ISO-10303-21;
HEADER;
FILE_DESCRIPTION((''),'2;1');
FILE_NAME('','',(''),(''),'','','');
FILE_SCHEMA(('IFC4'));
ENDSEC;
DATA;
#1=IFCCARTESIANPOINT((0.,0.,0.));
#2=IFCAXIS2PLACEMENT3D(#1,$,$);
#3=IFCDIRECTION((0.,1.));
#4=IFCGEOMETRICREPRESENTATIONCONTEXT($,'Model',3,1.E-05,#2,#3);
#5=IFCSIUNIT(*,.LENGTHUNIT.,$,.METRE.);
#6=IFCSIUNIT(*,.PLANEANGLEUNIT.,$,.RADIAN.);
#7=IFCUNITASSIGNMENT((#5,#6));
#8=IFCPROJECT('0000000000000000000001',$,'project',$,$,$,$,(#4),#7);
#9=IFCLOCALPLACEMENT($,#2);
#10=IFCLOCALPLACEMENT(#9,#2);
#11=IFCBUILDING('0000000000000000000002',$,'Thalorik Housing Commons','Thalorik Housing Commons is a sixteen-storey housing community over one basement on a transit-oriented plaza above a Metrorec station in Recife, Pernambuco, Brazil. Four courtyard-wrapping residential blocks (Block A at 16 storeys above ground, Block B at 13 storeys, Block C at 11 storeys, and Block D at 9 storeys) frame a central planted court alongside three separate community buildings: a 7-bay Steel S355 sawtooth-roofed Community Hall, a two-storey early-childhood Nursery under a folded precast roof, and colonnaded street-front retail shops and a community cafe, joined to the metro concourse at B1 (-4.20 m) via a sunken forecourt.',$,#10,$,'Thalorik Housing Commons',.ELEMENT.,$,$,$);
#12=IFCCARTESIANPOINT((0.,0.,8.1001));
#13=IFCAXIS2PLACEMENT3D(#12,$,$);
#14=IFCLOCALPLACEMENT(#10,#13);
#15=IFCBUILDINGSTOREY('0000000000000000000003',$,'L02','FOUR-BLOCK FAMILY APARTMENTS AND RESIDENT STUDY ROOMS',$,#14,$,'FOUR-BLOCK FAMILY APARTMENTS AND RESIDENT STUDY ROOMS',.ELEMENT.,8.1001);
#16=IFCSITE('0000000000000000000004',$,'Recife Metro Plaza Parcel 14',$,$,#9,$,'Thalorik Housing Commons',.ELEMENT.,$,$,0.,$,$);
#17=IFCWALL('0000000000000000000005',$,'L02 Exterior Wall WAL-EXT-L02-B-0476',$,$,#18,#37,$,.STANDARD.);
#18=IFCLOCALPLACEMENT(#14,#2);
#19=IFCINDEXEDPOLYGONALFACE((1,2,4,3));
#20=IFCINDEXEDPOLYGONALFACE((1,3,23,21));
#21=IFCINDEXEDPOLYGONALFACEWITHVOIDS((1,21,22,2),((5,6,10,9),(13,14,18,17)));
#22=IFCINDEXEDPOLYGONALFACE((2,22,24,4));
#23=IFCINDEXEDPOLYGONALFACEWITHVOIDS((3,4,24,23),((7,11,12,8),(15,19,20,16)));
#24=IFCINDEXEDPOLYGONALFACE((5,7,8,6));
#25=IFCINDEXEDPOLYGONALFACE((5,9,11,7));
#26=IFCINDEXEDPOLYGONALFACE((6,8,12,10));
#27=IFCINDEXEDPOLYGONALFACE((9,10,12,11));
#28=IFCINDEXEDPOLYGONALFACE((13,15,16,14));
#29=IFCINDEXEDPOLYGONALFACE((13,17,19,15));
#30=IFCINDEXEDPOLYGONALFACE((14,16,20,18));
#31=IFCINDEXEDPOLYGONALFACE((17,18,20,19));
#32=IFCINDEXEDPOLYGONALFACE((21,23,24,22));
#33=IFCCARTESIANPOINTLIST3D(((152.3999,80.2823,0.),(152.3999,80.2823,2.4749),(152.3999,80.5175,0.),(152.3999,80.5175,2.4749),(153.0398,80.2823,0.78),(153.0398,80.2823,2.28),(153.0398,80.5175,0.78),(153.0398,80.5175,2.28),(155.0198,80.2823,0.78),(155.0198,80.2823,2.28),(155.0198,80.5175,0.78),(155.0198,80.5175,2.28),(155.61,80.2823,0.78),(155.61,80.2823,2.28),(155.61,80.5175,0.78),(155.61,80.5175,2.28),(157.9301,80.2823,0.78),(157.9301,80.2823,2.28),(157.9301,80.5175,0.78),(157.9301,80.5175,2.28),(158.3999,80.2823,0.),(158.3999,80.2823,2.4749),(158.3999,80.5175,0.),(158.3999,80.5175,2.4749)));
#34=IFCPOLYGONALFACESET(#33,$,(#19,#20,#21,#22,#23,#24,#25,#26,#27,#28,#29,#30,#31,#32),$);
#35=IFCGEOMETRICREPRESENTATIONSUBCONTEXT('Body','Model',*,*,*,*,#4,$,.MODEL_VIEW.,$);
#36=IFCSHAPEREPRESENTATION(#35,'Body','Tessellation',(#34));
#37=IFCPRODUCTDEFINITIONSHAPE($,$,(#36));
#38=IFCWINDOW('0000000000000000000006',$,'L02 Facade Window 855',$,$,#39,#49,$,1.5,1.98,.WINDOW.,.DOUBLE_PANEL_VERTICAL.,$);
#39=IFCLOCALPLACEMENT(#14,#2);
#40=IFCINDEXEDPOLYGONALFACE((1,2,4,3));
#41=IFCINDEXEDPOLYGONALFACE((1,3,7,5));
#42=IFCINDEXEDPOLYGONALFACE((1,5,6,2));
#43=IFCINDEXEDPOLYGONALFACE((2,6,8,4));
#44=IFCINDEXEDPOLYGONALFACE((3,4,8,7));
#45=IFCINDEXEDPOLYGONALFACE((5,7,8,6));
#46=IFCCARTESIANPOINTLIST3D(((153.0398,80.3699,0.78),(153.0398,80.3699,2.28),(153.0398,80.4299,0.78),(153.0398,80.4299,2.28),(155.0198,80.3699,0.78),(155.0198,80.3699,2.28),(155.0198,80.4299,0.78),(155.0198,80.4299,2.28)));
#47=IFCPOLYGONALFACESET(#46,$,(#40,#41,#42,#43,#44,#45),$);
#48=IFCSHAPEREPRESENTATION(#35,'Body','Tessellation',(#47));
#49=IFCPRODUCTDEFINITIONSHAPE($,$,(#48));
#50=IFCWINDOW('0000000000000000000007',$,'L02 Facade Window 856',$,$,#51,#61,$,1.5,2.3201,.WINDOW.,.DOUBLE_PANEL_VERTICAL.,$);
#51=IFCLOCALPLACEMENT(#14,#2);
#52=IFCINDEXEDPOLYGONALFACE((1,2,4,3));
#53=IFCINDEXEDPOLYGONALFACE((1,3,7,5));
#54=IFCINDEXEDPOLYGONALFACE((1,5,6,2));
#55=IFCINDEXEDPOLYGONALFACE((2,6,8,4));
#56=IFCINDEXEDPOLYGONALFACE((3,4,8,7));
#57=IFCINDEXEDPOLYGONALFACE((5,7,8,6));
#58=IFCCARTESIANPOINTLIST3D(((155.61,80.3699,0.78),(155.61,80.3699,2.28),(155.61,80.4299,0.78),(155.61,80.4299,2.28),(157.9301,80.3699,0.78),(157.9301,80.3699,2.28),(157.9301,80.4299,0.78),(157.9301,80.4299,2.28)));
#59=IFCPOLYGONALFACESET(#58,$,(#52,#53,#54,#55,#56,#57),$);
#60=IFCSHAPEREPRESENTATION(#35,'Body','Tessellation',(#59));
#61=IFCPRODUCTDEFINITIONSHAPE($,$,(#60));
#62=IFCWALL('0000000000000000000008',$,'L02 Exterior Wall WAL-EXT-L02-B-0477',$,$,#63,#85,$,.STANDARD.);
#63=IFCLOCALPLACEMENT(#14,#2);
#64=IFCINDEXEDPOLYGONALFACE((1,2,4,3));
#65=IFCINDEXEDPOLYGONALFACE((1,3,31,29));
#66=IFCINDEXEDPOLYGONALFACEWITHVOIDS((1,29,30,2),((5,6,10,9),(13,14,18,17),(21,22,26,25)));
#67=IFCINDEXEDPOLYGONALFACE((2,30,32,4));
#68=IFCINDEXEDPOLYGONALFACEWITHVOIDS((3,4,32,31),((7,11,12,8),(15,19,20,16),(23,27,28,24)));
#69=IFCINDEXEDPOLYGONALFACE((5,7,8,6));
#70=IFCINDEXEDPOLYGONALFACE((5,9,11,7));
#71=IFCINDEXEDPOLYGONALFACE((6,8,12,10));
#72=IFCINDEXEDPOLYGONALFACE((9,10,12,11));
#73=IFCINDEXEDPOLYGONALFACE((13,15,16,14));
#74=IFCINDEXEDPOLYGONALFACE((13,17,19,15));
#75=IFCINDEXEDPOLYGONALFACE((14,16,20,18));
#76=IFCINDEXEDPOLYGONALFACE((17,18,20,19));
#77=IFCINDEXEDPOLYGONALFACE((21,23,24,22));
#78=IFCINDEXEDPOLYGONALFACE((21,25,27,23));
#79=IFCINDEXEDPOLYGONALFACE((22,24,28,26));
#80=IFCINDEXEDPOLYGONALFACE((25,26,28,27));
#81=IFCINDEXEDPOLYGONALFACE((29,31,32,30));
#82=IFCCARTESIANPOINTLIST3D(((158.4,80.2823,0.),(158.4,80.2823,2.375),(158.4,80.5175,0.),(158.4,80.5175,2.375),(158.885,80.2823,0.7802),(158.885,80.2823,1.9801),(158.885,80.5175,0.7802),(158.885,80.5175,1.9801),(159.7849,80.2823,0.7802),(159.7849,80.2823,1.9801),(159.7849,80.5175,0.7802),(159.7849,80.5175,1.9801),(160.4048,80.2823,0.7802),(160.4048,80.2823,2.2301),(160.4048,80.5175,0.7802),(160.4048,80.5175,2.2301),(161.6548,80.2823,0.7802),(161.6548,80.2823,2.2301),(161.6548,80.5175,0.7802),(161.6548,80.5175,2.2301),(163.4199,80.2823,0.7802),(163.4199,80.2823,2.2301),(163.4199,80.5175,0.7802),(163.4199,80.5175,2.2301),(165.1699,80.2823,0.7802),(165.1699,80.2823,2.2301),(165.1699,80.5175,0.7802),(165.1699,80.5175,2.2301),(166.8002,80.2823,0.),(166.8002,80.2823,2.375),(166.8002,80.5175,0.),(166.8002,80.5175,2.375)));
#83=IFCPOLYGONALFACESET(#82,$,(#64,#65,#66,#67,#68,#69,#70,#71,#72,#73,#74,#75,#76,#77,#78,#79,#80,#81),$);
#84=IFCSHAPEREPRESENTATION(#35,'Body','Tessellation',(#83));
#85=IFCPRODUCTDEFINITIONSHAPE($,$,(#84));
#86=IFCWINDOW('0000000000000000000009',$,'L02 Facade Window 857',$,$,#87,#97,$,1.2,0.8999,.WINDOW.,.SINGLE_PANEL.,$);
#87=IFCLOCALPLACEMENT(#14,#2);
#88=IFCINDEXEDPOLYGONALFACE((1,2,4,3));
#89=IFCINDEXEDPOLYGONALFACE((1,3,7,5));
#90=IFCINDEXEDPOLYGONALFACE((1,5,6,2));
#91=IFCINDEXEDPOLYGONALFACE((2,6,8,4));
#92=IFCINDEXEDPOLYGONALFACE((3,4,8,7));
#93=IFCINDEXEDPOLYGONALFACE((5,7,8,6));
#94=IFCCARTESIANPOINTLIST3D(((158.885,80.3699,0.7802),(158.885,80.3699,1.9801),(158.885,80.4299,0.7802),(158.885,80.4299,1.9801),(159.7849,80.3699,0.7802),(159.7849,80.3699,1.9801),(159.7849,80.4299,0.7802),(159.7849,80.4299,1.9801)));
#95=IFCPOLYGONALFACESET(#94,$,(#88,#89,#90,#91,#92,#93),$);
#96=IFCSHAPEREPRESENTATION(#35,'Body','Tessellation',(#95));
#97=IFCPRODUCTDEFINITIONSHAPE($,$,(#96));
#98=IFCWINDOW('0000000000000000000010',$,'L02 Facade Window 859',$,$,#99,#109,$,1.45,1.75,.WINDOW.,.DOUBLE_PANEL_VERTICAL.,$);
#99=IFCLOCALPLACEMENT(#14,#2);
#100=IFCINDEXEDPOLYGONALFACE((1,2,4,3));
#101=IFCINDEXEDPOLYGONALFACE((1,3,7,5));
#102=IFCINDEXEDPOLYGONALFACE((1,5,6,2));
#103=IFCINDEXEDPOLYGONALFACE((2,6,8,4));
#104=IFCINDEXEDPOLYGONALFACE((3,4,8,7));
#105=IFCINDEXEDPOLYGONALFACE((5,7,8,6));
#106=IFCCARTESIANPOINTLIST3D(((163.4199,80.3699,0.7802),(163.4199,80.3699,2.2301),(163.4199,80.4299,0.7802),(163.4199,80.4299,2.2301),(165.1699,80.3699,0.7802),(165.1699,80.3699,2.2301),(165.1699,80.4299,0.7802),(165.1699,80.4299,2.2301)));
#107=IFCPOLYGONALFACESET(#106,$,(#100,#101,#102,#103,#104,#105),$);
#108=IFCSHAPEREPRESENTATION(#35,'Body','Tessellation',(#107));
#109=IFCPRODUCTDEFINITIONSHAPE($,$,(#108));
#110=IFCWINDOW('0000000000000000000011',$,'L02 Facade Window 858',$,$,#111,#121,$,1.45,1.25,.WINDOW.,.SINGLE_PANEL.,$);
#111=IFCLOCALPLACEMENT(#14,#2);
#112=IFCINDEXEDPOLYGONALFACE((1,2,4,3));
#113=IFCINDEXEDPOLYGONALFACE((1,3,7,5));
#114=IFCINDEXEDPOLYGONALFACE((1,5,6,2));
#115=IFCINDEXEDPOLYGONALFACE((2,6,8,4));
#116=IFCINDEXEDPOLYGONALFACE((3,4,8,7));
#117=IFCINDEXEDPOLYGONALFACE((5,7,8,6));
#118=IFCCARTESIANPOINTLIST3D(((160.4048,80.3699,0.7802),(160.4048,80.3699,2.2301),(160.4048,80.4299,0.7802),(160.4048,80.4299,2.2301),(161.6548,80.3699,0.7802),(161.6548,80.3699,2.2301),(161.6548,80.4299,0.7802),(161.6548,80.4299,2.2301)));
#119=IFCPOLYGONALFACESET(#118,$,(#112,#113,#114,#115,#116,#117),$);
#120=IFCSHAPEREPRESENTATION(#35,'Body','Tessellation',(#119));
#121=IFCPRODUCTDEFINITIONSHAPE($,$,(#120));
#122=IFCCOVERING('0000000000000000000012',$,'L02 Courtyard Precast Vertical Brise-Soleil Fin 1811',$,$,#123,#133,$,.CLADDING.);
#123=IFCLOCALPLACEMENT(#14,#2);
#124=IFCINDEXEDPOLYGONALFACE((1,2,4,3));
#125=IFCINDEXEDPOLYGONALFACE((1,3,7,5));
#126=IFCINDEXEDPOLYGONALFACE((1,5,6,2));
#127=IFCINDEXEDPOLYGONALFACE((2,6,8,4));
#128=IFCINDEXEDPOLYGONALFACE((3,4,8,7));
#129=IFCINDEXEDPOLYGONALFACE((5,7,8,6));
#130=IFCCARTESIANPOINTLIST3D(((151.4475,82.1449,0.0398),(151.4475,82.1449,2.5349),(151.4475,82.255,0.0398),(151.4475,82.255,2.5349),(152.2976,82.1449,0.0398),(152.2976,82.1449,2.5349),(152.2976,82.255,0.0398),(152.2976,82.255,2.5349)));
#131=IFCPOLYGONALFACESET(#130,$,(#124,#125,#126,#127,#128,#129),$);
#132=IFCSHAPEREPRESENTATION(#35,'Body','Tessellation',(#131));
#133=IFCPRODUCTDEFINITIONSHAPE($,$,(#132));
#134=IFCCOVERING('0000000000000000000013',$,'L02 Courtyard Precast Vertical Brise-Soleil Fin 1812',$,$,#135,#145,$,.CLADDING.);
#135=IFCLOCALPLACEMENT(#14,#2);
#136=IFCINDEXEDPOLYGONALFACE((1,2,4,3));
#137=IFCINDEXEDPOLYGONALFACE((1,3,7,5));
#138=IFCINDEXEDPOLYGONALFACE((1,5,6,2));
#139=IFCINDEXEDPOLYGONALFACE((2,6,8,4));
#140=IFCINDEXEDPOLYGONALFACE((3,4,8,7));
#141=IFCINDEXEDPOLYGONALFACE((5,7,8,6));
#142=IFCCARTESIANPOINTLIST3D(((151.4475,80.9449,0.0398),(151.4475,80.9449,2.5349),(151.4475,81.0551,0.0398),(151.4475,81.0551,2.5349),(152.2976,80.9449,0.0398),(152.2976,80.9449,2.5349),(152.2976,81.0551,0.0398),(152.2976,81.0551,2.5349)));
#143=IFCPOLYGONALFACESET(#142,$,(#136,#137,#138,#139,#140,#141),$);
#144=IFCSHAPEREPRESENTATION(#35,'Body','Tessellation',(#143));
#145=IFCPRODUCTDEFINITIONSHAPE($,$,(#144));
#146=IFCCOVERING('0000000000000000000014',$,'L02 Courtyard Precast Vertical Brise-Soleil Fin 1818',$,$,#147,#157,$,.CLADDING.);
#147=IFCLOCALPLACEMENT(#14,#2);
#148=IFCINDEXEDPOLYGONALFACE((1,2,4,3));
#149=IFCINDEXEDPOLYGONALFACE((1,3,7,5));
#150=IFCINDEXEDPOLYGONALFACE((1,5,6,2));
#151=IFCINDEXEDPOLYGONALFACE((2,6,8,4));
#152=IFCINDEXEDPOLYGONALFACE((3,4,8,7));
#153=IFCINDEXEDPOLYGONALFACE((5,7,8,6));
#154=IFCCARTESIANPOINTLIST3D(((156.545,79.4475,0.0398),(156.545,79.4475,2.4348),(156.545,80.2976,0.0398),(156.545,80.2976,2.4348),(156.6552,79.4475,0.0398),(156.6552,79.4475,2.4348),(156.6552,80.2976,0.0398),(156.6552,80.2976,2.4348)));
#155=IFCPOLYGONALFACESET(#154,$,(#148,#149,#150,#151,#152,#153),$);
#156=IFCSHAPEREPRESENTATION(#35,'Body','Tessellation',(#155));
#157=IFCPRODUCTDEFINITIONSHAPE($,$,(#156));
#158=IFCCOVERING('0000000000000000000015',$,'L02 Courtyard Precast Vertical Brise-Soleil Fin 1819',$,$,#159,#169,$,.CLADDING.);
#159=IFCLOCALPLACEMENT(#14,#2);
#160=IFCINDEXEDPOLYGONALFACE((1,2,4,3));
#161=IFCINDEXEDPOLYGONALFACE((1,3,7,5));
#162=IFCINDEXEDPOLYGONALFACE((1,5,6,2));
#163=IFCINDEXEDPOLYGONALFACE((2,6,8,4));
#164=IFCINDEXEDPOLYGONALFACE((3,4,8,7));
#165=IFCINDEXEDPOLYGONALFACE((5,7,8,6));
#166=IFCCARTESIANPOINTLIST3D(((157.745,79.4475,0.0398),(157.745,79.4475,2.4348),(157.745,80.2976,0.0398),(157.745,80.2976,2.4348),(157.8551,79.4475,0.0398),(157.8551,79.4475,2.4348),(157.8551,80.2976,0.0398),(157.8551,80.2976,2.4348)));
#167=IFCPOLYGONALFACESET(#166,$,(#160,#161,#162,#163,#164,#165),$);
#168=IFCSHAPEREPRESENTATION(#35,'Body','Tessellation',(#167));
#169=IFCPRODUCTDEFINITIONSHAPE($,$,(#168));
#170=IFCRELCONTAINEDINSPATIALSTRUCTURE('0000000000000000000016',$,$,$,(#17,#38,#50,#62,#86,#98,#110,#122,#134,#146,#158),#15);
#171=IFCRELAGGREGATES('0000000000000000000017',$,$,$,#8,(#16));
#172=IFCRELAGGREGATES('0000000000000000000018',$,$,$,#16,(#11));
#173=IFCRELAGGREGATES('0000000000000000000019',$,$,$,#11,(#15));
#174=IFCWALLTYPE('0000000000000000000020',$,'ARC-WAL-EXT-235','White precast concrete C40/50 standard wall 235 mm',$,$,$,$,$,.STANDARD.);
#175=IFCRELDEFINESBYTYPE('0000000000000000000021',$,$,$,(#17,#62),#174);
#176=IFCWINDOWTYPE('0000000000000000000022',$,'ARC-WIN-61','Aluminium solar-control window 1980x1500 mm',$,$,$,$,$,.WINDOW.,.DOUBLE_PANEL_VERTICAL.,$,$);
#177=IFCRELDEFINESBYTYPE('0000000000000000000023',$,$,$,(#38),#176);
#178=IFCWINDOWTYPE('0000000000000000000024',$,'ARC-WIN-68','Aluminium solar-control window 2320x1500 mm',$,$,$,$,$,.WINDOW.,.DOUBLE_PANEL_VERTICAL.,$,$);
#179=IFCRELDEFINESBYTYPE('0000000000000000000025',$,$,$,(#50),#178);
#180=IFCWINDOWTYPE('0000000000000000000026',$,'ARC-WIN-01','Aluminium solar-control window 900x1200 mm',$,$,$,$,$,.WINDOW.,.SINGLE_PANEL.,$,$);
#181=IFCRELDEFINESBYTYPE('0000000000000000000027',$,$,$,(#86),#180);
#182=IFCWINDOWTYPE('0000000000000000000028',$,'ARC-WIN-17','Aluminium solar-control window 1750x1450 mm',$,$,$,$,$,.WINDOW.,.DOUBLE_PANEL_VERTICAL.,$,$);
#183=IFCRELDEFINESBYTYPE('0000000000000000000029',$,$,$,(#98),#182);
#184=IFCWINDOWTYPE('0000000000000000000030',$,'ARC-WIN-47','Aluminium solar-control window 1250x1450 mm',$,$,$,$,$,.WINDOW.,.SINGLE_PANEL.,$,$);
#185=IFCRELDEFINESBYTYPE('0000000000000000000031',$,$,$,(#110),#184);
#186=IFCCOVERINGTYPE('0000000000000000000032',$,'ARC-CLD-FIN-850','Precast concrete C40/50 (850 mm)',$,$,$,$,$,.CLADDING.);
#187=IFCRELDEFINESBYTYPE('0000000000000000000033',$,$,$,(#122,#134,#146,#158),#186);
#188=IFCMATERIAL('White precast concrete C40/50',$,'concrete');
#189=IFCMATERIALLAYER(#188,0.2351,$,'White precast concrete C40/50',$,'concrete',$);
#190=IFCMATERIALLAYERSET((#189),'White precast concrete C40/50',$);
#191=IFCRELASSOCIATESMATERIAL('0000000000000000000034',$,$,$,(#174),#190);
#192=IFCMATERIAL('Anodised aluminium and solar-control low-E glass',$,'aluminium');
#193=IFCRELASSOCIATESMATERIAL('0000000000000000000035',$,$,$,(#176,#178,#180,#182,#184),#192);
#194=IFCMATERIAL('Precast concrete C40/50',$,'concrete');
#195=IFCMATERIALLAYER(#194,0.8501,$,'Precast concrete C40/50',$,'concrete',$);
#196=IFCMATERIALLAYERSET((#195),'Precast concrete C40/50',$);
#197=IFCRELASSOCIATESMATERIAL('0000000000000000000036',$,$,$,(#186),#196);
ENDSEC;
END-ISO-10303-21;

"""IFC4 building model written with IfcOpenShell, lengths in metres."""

from ifc_helpers import new_model, si_unit, direction, frame, frame_2d, origin, origin_2d, place, context, subcontext, project, spatial, rectangle, extrude, material, layer, layer_set, type_object, element, fill, save


model = new_model("IFC4")

# Units and contexts
model_context = context("Model", 3, precision=1e-05, world=origin(), true_north=direction((0.0, 1.0)))
body_context = subcontext(model_context, "Body", "Model", "MODEL_VIEW")
ifc_project = project(units=[si_unit("LENGTHUNIT", "METRE"), si_unit("PLANEANGLEUNIT", "RADIAN")], contexts=[model_context])

# Site, building, storey
site_placement = place(None, origin())
site = spatial("IfcSite", under=ifc_project, at=site_placement, Name="Recife Metro Plaza Parcel 14", LongName="Thalorik Housing Commons", CompositionType="ELEMENT", RefElevation=0.0)
building_placement = place(site_placement, origin())
building = spatial("IfcBuilding", under=site, at=building_placement, Name="Thalorik Housing Commons", Description="Thalorik Housing Commons is a sixteen-storey housing community over one basement on a transit-oriented plaza above a Metrorec station in Recife, Pernambuco, Brazil. Four courtyard-wrapping residential blocks (Block A at 16 storeys above ground, Block B at 13 storeys, Block C at 11 storeys, and Block D at 9 storeys) frame a central planted court alongside three separate community buildings: a 7-bay Steel S355 sawtooth-roofed Community Hall, a two-storey early-childhood Nursery under a folded precast roof, and colonnaded street-front retail shops and a community cafe, joined to the metro concourse at B1 (-4.20 m) via a sunken forecourt.", LongName="Thalorik Housing Commons", CompositionType="ELEMENT")
storey_placement = place(building_placement, frame((0.0, 0.0, 8.1001)))
storey = spatial("IfcBuildingStorey", under=building, at=storey_placement, Name="L02", Description="FOUR-BLOCK FAMILY APARTMENTS AND RESIDENT STUDY ROOMS", LongName="FOUR-BLOCK FAMILY APARTMENTS AND RESIDENT STUDY ROOMS", CompositionType="ELEMENT", Elevation=8.1001)

# Shared definitions
ifc_material_1 = material(Name="Precast concrete C40/50", Category="concrete")

# Walls, openings, windows
ifc_material_2 = material(Name="White precast concrete C40/50", Category="concrete")
ifc_layer_1 = layer(ifc_material_2, 0.2351, Name="White precast concrete C40/50", Category="concrete")
ifc_layer_set_1 = layer_set([ifc_layer_1], Name="White precast concrete C40/50")
wall_type_1 = type_object("IfcWallType", Name="ARC-WAL-EXT-235", Description="White precast concrete C40/50 standard wall 235 mm", PredefinedType="STANDARD", material=ifc_layer_set_1)
wall_1_placement = place(storey_placement, frame((152.3999, 80.3999, 0.0), z_axis=(0.0, 0.0, 1.0), x_axis=(1.0, 0.0, 0.0)))
wall_1 = element("IfcWall", 1, at=wall_1_placement, inside=storey, type_object=wall_type_1, Name="L02 Exterior Wall WAL-EXT-L02-B-0476", PredefinedType="STANDARD", context=body_context, shape_type="SweptSolid", body=[
    extrude(rectangle(XDim=6.0, YDim=0.2351, at=frame_2d((3.0, 0.0))), origin(), (0.0, 0.0, 1.0), 2.4749),
])
opening_1_placement = place(wall_1_placement, frame((0.6399, 0.0, 0.78)))
opening_1 = element("IfcOpeningElement", 2, at=opening_1_placement, cuts=wall_1, PredefinedType="OPENING", context=body_context, shape_type="SweptSolid", body=[
    extrude(rectangle(XDim=1.98, YDim=1.5, at=frame_2d((0.99, 0.75))), frame((0.0, 0.1274, 0.0), z_axis=(0.0, -1.0, 0.0), x_axis=(1.0, 0.0, 0.0)), (0.0, 0.0, 1.0), 0.2551),
])
opening_2_placement = place(wall_1_placement, frame((3.21, 0.0, 0.78)))
opening_2 = element("IfcOpeningElement", 3, at=opening_2_placement, cuts=wall_1, PredefinedType="OPENING", context=body_context, shape_type="SweptSolid", body=[
    extrude(rectangle(XDim=2.3201, YDim=1.5, at=frame_2d((1.1602, 0.75))), frame((0.0, 0.1274, 0.0), z_axis=(0.0, -1.0, 0.0), x_axis=(1.0, 0.0, 0.0)), (0.0, 0.0, 1.0), 0.2551),
])
ifc_material_3 = material(Name="Anodised aluminium and solar-control low-E glass", Category="aluminium")
window_type_1 = type_object("IfcWindowType", Name="ARC-WIN-61", Description="Aluminium solar-control window 1980x1500 mm", PartitioningType="DOUBLE_PANEL_VERTICAL", PredefinedType="WINDOW", material=ifc_material_3)
window_1_placement = place(opening_1_placement, origin())
window_1 = element("IfcWindow", 4, at=window_1_placement, inside=storey, type_object=window_type_1, Name="L02 Facade Window 855", OverallHeight=1.5, OverallWidth=1.98, PartitioningType="DOUBLE_PANEL_VERTICAL", PredefinedType="WINDOW", context=body_context, shape_type="SweptSolid", body=[
    extrude(rectangle(XDim=1.98, YDim=1.5, at=frame_2d((0.99, 0.75))), frame((0.0, 0.03, 0.0), z_axis=(0.0, -1.0, 0.0), x_axis=(1.0, 0.0, 0.0)), (0.0, 0.0, 1.0), 0.0601),
])
fill(opening_1, window_1)
window_type_2 = type_object("IfcWindowType", Name="ARC-WIN-68", Description="Aluminium solar-control window 2320x1500 mm", PartitioningType="DOUBLE_PANEL_VERTICAL", PredefinedType="WINDOW", material=ifc_material_3)
window_2_placement = place(opening_2_placement, origin())
window_2 = element("IfcWindow", 5, at=window_2_placement, inside=storey, type_object=window_type_2, Name="L02 Facade Window 856", OverallHeight=1.5, OverallWidth=2.3201, PartitioningType="DOUBLE_PANEL_VERTICAL", PredefinedType="WINDOW", context=body_context, shape_type="SweptSolid", body=[
    extrude(rectangle(XDim=2.3201, YDim=1.5, at=frame_2d((1.1602, 0.75))), frame((0.0, 0.03, 0.0), z_axis=(0.0, -1.0, 0.0), x_axis=(1.0, 0.0, 0.0)), (0.0, 0.0, 1.0), 0.0601),
])
fill(opening_2, window_2)
wall_2_placement = place(storey_placement, frame((158.3999, 80.3999, 0.0), z_axis=(0.0, 0.0, 1.0), x_axis=(1.0, 0.0, 0.0)))
wall_2 = element("IfcWall", 6, at=wall_2_placement, inside=storey, type_object=wall_type_1, Name="L02 Exterior Wall WAL-EXT-L02-B-0477", PredefinedType="STANDARD", context=body_context, shape_type="SweptSolid", body=[
    extrude(rectangle(XDim=8.4001, YDim=0.2351, at=frame_2d((4.2002, 0.0))), origin(), (0.0, 0.0, 1.0), 2.375),
])
opening_3_placement = place(wall_2_placement, frame((0.4851, 0.0, 0.78)))
opening_3 = element("IfcOpeningElement", 7, at=opening_3_placement, cuts=wall_2, PredefinedType="OPENING", context=body_context, shape_type="SweptSolid", body=[
    extrude(rectangle(XDim=0.8999, YDim=1.2, at=frame_2d((0.45, 0.6001))), frame((0.0, 0.1274, 0.0), z_axis=(0.0, -1.0, 0.0), x_axis=(1.0, 0.0, 0.0)), (0.0, 0.0, 1.0), 0.2551),
])
opening_4_placement = place(wall_2_placement, frame((2.0049, 0.0, 0.78)))
opening_4 = element("IfcOpeningElement", 8, at=opening_4_placement, cuts=wall_2, PredefinedType="OPENING", context=body_context, shape_type="SweptSolid", body=[
    extrude(rectangle(XDim=1.25, YDim=1.45, at=frame_2d((0.625, 0.7251))), frame((0.0, 0.1274, 0.0), z_axis=(0.0, -1.0, 0.0), x_axis=(1.0, 0.0, 0.0)), (0.0, 0.0, 1.0), 0.2551),
])
opening_5_placement = place(wall_2_placement, frame((5.02, 0.0, 0.78)))
opening_5 = element("IfcOpeningElement", 9, at=opening_5_placement, cuts=wall_2, PredefinedType="OPENING", context=body_context, shape_type="SweptSolid", body=[
    extrude(rectangle(XDim=1.75, YDim=1.45, at=frame_2d((0.875, 0.7251))), frame((0.0, 0.1274, 0.0), z_axis=(0.0, -1.0, 0.0), x_axis=(1.0, 0.0, 0.0)), (0.0, 0.0, 1.0), 0.2551),
])
window_type_3 = type_object("IfcWindowType", Name="ARC-WIN-01", Description="Aluminium solar-control window 900x1200 mm", PartitioningType="SINGLE_PANEL", PredefinedType="WINDOW", material=ifc_material_3)
window_3_placement = place(opening_3_placement, origin())
window_3 = element("IfcWindow", 10, at=window_3_placement, inside=storey, type_object=window_type_3, Name="L02 Facade Window 857", OverallHeight=1.2, OverallWidth=0.8999, PartitioningType="SINGLE_PANEL", PredefinedType="WINDOW", context=body_context, shape_type="SweptSolid", body=[
    extrude(rectangle(XDim=0.8999, YDim=1.2, at=frame_2d((0.45, 0.6001))), frame((0.0, 0.03, 0.0), z_axis=(0.0, -1.0, 0.0), x_axis=(1.0, 0.0, 0.0)), (0.0, 0.0, 1.0), 0.0601),
])
fill(opening_3, window_3)
window_type_4 = type_object("IfcWindowType", Name="ARC-WIN-17", Description="Aluminium solar-control window 1750x1450 mm", PartitioningType="DOUBLE_PANEL_VERTICAL", PredefinedType="WINDOW", material=ifc_material_3)
window_4_placement = place(opening_5_placement, origin())
window_4 = element("IfcWindow", 11, at=window_4_placement, inside=storey, type_object=window_type_4, Name="L02 Facade Window 859", OverallHeight=1.45, OverallWidth=1.75, PartitioningType="DOUBLE_PANEL_VERTICAL", PredefinedType="WINDOW", context=body_context, shape_type="SweptSolid", body=[
    extrude(rectangle(XDim=1.75, YDim=1.45, at=frame_2d((0.875, 0.7251))), frame((0.0, 0.03, 0.0), z_axis=(0.0, -1.0, 0.0), x_axis=(1.0, 0.0, 0.0)), (0.0, 0.0, 1.0), 0.0601),
])
fill(opening_5, window_4)
window_type_5 = type_object("IfcWindowType", Name="ARC-WIN-47", Description="Aluminium solar-control window 1250x1450 mm", PartitioningType="SINGLE_PANEL", PredefinedType="WINDOW", material=ifc_material_3)
window_5_placement = place(opening_4_placement, origin())
window_5 = element("IfcWindow", 12, at=window_5_placement, inside=storey, type_object=window_type_5, Name="L02 Facade Window 858", OverallHeight=1.45, OverallWidth=1.25, PartitioningType="SINGLE_PANEL", PredefinedType="WINDOW", context=body_context, shape_type="SweptSolid", body=[
    extrude(rectangle(XDim=1.25, YDim=1.45, at=frame_2d((0.625, 0.7251))), frame((0.0, 0.03, 0.0), z_axis=(0.0, -1.0, 0.0), x_axis=(1.0, 0.0, 0.0)), (0.0, 0.0, 1.0), 0.0601),
])
fill(opening_4, window_5)

# Coverings
ifc_layer_2 = layer(ifc_material_1, 0.8501, Name="Precast concrete C40/50", Category="concrete")
ifc_layer_set_2 = layer_set([ifc_layer_2], Name="Precast concrete C40/50")
covering_type_1 = type_object("IfcCoveringType", Name="ARC-CLD-FIN-850", Description="Precast concrete C40/50 (850 mm)", PredefinedType="CLADDING", material=ifc_layer_set_2)
for number, where, z_axis, x_axis, name in (
    (13, (151.8726, 82.2, 0.0398), (0.0, 0.0, 1.0), (0.0, -1.0, 0.0), "L02 Courtyard Precast Vertical Brise-Soleil Fin 1811"),
    (14, (151.8726, 81.0, 0.0398), (0.0, 0.0, 1.0), (0.0, -1.0, 0.0), "L02 Courtyard Precast Vertical Brise-Soleil Fin 1812"),
):
    element("IfcCovering", number, at=place(storey_placement, frame(where, z_axis=z_axis, x_axis=x_axis)), inside=storey, type_object=covering_type_1, Name=name, PredefinedType="CLADDING", context=body_context, shape_type="SweptSolid", body=[
        extrude(rectangle(XDim=0.1101, YDim=0.8501, at=origin_2d()), origin(), (0.0, 0.0, 1.0), 2.4951),
    ])
for number, where, z_axis, x_axis, name in (
    (15, (156.6001, 79.8726, 0.0398), (0.0, 0.0, 1.0), (1.0, 0.0, 0.0), "L02 Courtyard Precast Vertical Brise-Soleil Fin 1818"),
    (16, (157.8, 79.8726, 0.0398), (0.0, 0.0, 1.0), (1.0, 0.0, 0.0), "L02 Courtyard Precast Vertical Brise-Soleil Fin 1819"),
):
    element("IfcCovering", number, at=place(storey_placement, frame(where, z_axis=z_axis, x_axis=x_axis)), inside=storey, type_object=covering_type_1, Name=name, PredefinedType="CLADDING", context=body_context, shape_type="SweptSolid", body=[
        extrude(rectangle(XDim=0.1101, YDim=0.8501, at=origin_2d()), origin(), (0.0, 0.0, 1.0), 2.395),
    ])

save(model, "model.ifc")
